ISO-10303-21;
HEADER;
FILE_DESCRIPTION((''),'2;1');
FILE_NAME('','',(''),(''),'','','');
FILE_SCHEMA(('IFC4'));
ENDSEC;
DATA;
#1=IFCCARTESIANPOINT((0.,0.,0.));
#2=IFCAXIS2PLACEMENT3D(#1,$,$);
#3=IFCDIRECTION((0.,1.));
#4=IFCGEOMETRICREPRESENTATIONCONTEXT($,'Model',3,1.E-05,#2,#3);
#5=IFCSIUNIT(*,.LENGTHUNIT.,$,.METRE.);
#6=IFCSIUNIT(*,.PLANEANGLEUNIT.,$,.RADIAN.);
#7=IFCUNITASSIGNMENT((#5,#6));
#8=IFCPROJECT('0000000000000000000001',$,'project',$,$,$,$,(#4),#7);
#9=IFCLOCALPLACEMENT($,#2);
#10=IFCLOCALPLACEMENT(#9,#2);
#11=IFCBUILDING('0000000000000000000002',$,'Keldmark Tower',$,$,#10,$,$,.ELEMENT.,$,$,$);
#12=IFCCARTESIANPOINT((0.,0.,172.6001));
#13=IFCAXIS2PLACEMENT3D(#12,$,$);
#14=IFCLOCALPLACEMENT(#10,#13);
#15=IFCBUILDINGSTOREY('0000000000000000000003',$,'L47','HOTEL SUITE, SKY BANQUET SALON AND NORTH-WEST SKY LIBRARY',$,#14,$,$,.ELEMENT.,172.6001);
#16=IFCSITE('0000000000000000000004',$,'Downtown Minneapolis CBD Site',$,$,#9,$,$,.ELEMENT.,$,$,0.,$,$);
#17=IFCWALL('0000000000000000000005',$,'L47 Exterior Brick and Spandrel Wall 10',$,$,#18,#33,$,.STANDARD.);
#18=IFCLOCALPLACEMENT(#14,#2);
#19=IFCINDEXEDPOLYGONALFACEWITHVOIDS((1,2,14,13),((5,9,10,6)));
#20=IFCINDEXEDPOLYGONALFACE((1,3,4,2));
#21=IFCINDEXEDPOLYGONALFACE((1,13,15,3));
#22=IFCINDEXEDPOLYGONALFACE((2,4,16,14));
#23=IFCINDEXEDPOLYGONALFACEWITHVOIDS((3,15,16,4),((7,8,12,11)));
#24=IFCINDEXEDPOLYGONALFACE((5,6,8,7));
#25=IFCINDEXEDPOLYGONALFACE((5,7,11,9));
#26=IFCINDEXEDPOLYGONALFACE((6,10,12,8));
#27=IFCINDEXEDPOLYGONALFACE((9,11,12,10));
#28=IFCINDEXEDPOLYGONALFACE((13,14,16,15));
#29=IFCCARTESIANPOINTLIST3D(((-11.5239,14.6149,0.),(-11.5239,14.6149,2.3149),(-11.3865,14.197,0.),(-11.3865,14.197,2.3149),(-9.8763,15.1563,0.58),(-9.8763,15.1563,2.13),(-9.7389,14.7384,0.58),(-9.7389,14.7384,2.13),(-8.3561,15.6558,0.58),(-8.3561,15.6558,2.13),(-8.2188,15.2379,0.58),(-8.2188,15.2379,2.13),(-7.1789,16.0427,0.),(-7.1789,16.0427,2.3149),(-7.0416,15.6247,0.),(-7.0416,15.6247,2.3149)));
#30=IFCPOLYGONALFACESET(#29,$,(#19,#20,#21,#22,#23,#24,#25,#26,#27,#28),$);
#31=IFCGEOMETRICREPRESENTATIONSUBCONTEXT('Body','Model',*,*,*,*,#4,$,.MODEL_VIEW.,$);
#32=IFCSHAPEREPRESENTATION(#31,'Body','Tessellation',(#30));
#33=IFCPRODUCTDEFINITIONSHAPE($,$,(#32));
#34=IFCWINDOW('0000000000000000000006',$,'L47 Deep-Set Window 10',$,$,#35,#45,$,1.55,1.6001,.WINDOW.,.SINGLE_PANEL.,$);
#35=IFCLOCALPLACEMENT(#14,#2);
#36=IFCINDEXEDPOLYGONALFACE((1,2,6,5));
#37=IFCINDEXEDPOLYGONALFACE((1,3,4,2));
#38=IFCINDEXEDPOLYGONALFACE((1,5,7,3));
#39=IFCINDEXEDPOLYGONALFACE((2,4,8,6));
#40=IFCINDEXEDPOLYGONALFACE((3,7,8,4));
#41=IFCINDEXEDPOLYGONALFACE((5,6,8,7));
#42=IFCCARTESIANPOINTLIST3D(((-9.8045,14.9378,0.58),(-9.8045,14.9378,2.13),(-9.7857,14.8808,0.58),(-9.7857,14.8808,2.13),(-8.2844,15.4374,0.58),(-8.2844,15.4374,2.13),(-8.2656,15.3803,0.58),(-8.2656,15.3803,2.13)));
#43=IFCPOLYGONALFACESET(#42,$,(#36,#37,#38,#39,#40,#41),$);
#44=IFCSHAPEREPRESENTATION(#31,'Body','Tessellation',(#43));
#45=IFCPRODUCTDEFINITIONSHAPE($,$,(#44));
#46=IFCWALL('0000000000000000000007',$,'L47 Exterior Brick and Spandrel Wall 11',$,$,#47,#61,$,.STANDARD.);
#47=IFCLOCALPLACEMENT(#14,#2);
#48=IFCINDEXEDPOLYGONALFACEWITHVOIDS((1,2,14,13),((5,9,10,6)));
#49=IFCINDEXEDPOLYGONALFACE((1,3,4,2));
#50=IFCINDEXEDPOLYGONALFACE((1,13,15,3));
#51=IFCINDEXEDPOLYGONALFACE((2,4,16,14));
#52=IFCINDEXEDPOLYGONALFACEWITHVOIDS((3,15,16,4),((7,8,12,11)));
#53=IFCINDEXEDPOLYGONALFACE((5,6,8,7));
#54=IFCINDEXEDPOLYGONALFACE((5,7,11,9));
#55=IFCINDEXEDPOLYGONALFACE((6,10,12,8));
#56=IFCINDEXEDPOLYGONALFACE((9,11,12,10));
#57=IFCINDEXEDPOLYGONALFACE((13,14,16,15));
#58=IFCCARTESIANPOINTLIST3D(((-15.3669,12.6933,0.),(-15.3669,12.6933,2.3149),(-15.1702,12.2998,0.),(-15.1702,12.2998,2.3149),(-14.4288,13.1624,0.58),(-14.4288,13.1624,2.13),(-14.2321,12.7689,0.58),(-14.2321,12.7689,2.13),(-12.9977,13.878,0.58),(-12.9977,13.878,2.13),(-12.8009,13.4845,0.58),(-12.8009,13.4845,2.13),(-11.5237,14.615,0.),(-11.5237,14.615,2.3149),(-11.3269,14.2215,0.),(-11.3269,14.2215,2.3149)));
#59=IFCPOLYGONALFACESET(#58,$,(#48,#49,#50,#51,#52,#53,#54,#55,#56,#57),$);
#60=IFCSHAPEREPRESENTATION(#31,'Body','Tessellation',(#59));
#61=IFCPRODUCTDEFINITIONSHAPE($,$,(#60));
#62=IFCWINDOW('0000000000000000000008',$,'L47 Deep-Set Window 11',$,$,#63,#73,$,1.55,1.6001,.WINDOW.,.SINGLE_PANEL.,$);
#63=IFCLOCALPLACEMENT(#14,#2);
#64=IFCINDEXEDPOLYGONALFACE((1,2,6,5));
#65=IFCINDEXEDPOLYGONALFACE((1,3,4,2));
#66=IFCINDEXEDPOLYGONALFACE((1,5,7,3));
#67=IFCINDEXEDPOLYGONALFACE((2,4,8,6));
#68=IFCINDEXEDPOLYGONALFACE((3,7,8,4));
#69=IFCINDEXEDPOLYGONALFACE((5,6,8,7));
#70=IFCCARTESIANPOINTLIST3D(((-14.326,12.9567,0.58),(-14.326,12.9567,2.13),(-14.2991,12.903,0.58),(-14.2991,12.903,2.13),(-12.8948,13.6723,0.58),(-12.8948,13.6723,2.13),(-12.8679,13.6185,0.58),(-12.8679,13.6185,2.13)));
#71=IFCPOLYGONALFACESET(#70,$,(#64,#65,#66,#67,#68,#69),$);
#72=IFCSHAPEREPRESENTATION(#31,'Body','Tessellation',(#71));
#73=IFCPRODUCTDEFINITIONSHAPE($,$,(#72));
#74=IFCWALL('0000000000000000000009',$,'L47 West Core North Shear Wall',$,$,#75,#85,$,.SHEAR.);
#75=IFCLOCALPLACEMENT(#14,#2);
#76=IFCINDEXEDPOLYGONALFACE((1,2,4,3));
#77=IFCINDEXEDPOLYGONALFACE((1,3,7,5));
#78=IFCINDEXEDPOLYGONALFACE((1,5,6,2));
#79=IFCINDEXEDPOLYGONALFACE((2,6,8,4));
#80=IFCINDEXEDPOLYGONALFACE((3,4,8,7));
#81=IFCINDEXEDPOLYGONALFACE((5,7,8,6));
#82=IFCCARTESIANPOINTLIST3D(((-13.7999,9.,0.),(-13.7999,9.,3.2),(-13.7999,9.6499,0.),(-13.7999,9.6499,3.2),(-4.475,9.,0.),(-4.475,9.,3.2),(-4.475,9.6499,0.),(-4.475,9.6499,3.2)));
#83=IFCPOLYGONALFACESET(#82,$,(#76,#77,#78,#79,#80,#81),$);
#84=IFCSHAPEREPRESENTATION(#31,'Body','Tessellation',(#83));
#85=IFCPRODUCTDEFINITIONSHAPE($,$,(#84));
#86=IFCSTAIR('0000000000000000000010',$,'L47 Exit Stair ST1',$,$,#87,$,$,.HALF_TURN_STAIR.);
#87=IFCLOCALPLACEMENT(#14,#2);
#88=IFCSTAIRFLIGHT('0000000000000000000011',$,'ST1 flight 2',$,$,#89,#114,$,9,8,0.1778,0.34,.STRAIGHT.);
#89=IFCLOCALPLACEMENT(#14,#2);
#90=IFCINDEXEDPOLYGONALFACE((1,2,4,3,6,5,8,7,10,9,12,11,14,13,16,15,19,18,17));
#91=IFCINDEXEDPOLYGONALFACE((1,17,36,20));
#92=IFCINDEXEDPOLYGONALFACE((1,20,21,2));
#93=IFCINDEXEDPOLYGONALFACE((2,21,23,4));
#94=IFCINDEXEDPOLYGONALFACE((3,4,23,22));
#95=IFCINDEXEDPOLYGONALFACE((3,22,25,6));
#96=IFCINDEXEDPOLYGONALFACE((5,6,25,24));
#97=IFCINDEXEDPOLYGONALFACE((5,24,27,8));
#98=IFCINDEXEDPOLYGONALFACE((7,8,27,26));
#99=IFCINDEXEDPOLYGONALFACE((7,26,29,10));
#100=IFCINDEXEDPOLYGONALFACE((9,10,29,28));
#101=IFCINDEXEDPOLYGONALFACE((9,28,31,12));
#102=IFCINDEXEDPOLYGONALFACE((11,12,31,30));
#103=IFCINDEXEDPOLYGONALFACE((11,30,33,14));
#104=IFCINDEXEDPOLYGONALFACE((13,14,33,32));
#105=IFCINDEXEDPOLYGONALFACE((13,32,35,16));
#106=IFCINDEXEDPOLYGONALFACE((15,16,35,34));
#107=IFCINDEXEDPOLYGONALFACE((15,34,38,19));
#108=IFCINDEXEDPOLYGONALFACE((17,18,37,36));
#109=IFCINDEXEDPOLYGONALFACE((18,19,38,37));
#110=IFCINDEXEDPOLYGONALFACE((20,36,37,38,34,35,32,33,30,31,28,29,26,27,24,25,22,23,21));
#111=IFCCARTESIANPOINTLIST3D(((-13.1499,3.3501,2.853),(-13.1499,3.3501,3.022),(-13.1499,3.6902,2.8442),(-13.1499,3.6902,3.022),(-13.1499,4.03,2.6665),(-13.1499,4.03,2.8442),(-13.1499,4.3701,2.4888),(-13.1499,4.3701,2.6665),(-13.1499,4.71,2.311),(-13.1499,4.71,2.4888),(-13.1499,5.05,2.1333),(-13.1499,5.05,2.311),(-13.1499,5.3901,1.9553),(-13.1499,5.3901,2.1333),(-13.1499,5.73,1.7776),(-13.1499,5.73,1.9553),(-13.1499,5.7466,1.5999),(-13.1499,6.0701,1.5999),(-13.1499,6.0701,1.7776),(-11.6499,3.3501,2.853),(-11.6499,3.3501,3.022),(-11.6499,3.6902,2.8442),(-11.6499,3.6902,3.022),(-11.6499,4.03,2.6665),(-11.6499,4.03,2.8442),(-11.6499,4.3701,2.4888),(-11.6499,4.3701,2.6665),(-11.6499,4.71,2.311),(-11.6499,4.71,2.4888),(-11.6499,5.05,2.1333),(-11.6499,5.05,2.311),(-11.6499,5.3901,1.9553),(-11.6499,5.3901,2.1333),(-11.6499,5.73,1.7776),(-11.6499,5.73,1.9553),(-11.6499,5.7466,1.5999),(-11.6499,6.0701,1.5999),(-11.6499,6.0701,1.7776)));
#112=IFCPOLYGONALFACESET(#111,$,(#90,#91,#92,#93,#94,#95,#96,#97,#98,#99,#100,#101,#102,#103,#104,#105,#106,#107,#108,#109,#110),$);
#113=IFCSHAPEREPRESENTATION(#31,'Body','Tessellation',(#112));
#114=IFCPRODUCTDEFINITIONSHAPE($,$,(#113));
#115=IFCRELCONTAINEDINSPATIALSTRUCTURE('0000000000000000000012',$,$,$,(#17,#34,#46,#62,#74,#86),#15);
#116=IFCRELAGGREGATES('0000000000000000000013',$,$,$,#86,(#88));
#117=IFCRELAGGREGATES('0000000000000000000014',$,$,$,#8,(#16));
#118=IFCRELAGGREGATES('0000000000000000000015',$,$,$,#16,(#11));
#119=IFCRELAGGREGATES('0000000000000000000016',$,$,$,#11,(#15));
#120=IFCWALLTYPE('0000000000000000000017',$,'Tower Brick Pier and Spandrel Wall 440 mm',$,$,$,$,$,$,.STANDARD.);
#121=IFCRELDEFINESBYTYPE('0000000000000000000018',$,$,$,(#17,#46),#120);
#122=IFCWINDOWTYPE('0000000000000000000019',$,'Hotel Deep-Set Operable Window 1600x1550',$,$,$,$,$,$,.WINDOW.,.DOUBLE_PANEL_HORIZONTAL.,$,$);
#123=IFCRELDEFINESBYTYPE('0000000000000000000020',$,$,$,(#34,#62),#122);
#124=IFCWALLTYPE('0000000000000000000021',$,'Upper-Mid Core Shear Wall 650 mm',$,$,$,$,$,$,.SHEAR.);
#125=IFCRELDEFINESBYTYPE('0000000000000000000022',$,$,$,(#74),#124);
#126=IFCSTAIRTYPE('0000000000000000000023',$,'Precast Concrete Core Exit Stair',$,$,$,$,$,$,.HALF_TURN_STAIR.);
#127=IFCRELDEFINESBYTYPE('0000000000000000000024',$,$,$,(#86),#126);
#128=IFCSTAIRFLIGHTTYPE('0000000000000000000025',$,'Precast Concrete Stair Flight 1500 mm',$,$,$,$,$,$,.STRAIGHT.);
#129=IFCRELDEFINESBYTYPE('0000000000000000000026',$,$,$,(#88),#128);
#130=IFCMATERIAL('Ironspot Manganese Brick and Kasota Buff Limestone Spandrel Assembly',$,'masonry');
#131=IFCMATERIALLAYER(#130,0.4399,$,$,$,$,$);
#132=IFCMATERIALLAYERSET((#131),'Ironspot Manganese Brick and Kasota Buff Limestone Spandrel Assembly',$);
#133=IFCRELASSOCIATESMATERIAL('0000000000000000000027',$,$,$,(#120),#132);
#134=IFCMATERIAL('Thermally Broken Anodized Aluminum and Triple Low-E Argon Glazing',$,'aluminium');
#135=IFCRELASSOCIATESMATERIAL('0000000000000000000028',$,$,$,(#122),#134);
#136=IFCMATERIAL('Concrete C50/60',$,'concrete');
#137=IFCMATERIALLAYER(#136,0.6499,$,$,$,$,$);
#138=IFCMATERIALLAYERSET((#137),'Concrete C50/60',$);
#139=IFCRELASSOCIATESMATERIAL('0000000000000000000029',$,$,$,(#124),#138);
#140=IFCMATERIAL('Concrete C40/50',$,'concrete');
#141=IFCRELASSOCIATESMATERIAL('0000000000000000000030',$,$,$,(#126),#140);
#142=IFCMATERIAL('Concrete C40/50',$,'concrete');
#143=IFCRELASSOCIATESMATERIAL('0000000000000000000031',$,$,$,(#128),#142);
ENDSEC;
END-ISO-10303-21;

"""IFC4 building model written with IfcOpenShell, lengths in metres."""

from ifc_helpers import new_model, si_unit, direction, frame, frame_2d, origin, place, context, subcontext, project, spatial, polyline, rectangle, outline, extrude, material, layer, layer_set, type_object, element, fill, aggregate, save


model = new_model("IFC4")

# Units and contexts
model_context = context("Model", 3, precision=1e-05, world=origin(), true_north=direction((0.0, 1.0)))
body_context = subcontext(model_context, "Body", "Model", "MODEL_VIEW")
ifc_project = project(units=[si_unit("LENGTHUNIT", "METRE"), si_unit("PLANEANGLEUNIT", "RADIAN")], contexts=[model_context])

# Site, building, storey
site_placement = place(None, origin())
site = spatial("IfcSite", under=ifc_project, at=site_placement, Name="Downtown Minneapolis CBD Site", CompositionType="ELEMENT", RefElevation=0.0)
building_placement = place(site_placement, origin())
building = spatial("IfcBuilding", under=site, at=building_placement, Name="Keldmark Tower", CompositionType="ELEMENT")
storey_placement = place(building_placement, frame((0.0, 0.0, 172.6001)))
storey = spatial("IfcBuildingStorey", under=building, at=storey_placement, Name="L47", Description="HOTEL SUITE, SKY BANQUET SALON AND NORTH-WEST SKY LIBRARY", CompositionType="ELEMENT", Elevation=172.6001)

# Walls, openings, windows
ifc_material_1 = material(Name="Ironspot Manganese Brick and Kasota Buff Limestone Spandrel Assembly", Category="masonry")
ifc_layer_1 = layer(ifc_material_1, 0.4399)
ifc_layer_set_1 = layer_set([ifc_layer_1], Name="Ironspot Manganese Brick and Kasota Buff Limestone Spandrel Assembly")
wall_type_1 = type_object("IfcWallType", Name="Tower Brick Pier and Spandrel Wall 440 mm", PredefinedType="STANDARD", material=ifc_layer_set_1)
wall_1_placement = place(storey_placement, frame((-11.4551, 14.406, 0.0), z_axis=(0.0, 0.0, 1.0), x_axis=(0.950025, 0.312173, 0.0)))
wall_1 = element("IfcWall", 1, at=wall_1_placement, inside=storey, type_object=wall_type_1, Name="L47 Exterior Brick and Spandrel Wall 10", PredefinedType="STANDARD", context=body_context, shape_type="SweptSolid", body=[
    extrude(rectangle(XDim=4.5735, YDim=0.4399, at=frame_2d((2.2866, 0.0))), origin(), (0.0, 0.0, 1.0), 2.3149),
])
opening_1_placement = place(wall_1_placement, frame((1.7341, 0.0, 0.5801)))
opening_1 = element("IfcOpeningElement", 2, at=opening_1_placement, cuts=wall_1, PredefinedType="OPENING", context=body_context, shape_type="SweptSolid", body=[
    extrude(rectangle(XDim=1.6001, YDim=1.55, at=frame_2d((0.8, 0.7749))), frame((0.0, 0.23, 0.0), z_axis=(0.0, -1.0, 0.0), x_axis=(1.0, 0.0, 0.0)), (0.0, 0.0, 1.0), 0.46),
])
ifc_material_2 = material(Name="Thermally Broken Anodized Aluminum and Triple Low-E Argon Glazing", Category="aluminium")
window_type = type_object("IfcWindowType", Name="Hotel Deep-Set Operable Window 1600x1550", PartitioningType="DOUBLE_PANEL_HORIZONTAL", PredefinedType="WINDOW", material=ifc_material_2)
window_1_placement = place(opening_1_placement, origin())
window_1 = element("IfcWindow", 3, at=window_1_placement, inside=storey, type_object=window_type, Name="L47 Deep-Set Window 10", OverallHeight=1.55, OverallWidth=1.6001, PartitioningType="SINGLE_PANEL", PredefinedType="WINDOW", context=body_context, shape_type="SweptSolid", body=[
    extrude(rectangle(XDim=1.6001, YDim=1.55, at=frame_2d((0.8, 0.7749))), frame((0.0, -0.01, 0.0), z_axis=(0.0, -1.0, 0.0), x_axis=(1.0, 0.0, 0.0)), (0.0, 0.0, 1.0), 0.0601),
])
fill(opening_1, window_1)
wall_2_placement = place(storey_placement, frame((-15.2686, 12.4966, 0.0), z_axis=(0.0, 0.0, 1.0), x_axis=(0.894427, 0.447214, 0.0)))
wall_2 = element("IfcWall", 4, at=wall_2_placement, inside=storey, type_object=wall_type_1, Name="L47 Exterior Brick and Spandrel Wall 11", PredefinedType="STANDARD", context=body_context, shape_type="SweptSolid", body=[
    extrude(rectangle(XDim=4.2969, YDim=0.4399, at=frame_2d((2.1484, 0.0))), origin(), (0.0, 0.0, 1.0), 2.3149),
])
opening_2_placement = place(wall_2_placement, frame((1.0488, 0.0, 0.5801)))
opening_2 = element("IfcOpeningElement", 5, at=opening_2_placement, cuts=wall_2, PredefinedType="OPENING", context=body_context, shape_type="SweptSolid", body=[
    extrude(rectangle(XDim=1.6001, YDim=1.55, at=frame_2d((0.8, 0.7749))), frame((0.0, 0.23, 0.0), z_axis=(0.0, -1.0, 0.0), x_axis=(1.0, 0.0, 0.0)), (0.0, 0.0, 1.0), 0.46),
])
window_2_placement = place(opening_2_placement, origin())
window_2 = element("IfcWindow", 6, at=window_2_placement, inside=storey, type_object=window_type, Name="L47 Deep-Set Window 11", OverallHeight=1.55, OverallWidth=1.6001, PartitioningType="SINGLE_PANEL", PredefinedType="WINDOW", context=body_context, shape_type="SweptSolid", body=[
    extrude(rectangle(XDim=1.6001, YDim=1.55, at=frame_2d((0.8, 0.7749))), frame((0.0, -0.01, 0.0), z_axis=(0.0, -1.0, 0.0), x_axis=(1.0, 0.0, 0.0)), (0.0, 0.0, 1.0), 0.0601),
])
fill(opening_2, window_2)

# Wall
ifc_material_3 = material(Name="Concrete C50/60", Category="concrete")
ifc_layer_2 = layer(ifc_material_3, 0.6499)
ifc_layer_set_2 = layer_set([ifc_layer_2], Name="Concrete C50/60")
wall_type_2 = type_object("IfcWallType", Name="Upper-Mid Core Shear Wall 650 mm", PredefinedType="SHEAR", material=ifc_layer_set_2)
wall_3_placement = place(storey_placement, frame((-13.8, 9.325, 0.0), z_axis=(0.0, 0.0, 1.0), x_axis=(1.0, 0.0, 0.0)))
element("IfcWall", 7, at=wall_3_placement, inside=storey, type_object=wall_type_2, Name="L47 West Core North Shear Wall", PredefinedType="SHEAR", context=body_context, shape_type="SweptSolid", body=[
    extrude(rectangle(XDim=9.325, YDim=0.6499, at=frame_2d((4.6626, 0.0))), origin(), (0.0, 0.0, 1.0), 3.2),
])

# Stair, stair flight
ifc_material_4 = material(Name="Concrete C40/50", Category="concrete")
stair_type = type_object("IfcStairType", Name="Precast Concrete Core Exit Stair", PredefinedType="HALF_TURN_STAIR", material=ifc_material_4)
stair_placement = place(storey_placement, origin())
stair = element("IfcStair", 8, at=stair_placement, inside=storey, type_object=stair_type, Name="L47 Exit Stair ST1", PredefinedType="HALF_TURN_STAIR")
ifc_material_5 = material(Name="Concrete C40/50", Category="concrete")
stair_flight_type = type_object("IfcStairFlightType", Name="Precast Concrete Stair Flight 1500 mm", PredefinedType="STRAIGHT", material=ifc_material_5)
stair_flight_placement = place(storey_placement, frame((-12.3999, 6.0701, 1.5999), z_axis=(0.0, 0.0, 1.0), x_axis=(0.0, -1.0, 0.0)))
stair_flight = element("IfcStairFlight", 9, at=stair_flight_placement, type_object=stair_flight_type, Name="ST1 flight 2", NumberOfRisers=9, NumberOfTreads=8, PredefinedType="STRAIGHT", RiserHeight=0.1778, TreadLength=0.34, context=body_context, shape_type="SweptSolid", body=[
    extrude(outline(polyline([(0.0, 0.0), (0.0, 0.1777), (0.3401, 0.1777), (0.3401, 0.3555), (0.6799, 0.3555), (0.6799, 0.5334), (1.02, 0.5334), (1.02, 0.7112), (1.3601, 0.7112), (1.3601, 0.8889), (1.7, 0.8889), (1.7, 1.0667), (2.04, 1.0667), (2.04, 1.2444), (2.3799, 1.2444), (2.3799, 1.4221), (2.72, 1.4221), (2.72, 1.6001), (2.72, 1.2532), (0.3235, 0.0), (0.0, 0.0)])), frame((0.0, 0.75, 0.0), z_axis=(0.0, -1.0, 0.0), x_axis=(1.0, 0.0, 0.0)), (0.0, 0.0, 1.0), 1.5),
])
aggregate(stair, [stair_flight])

save(model, "model.ifc")
